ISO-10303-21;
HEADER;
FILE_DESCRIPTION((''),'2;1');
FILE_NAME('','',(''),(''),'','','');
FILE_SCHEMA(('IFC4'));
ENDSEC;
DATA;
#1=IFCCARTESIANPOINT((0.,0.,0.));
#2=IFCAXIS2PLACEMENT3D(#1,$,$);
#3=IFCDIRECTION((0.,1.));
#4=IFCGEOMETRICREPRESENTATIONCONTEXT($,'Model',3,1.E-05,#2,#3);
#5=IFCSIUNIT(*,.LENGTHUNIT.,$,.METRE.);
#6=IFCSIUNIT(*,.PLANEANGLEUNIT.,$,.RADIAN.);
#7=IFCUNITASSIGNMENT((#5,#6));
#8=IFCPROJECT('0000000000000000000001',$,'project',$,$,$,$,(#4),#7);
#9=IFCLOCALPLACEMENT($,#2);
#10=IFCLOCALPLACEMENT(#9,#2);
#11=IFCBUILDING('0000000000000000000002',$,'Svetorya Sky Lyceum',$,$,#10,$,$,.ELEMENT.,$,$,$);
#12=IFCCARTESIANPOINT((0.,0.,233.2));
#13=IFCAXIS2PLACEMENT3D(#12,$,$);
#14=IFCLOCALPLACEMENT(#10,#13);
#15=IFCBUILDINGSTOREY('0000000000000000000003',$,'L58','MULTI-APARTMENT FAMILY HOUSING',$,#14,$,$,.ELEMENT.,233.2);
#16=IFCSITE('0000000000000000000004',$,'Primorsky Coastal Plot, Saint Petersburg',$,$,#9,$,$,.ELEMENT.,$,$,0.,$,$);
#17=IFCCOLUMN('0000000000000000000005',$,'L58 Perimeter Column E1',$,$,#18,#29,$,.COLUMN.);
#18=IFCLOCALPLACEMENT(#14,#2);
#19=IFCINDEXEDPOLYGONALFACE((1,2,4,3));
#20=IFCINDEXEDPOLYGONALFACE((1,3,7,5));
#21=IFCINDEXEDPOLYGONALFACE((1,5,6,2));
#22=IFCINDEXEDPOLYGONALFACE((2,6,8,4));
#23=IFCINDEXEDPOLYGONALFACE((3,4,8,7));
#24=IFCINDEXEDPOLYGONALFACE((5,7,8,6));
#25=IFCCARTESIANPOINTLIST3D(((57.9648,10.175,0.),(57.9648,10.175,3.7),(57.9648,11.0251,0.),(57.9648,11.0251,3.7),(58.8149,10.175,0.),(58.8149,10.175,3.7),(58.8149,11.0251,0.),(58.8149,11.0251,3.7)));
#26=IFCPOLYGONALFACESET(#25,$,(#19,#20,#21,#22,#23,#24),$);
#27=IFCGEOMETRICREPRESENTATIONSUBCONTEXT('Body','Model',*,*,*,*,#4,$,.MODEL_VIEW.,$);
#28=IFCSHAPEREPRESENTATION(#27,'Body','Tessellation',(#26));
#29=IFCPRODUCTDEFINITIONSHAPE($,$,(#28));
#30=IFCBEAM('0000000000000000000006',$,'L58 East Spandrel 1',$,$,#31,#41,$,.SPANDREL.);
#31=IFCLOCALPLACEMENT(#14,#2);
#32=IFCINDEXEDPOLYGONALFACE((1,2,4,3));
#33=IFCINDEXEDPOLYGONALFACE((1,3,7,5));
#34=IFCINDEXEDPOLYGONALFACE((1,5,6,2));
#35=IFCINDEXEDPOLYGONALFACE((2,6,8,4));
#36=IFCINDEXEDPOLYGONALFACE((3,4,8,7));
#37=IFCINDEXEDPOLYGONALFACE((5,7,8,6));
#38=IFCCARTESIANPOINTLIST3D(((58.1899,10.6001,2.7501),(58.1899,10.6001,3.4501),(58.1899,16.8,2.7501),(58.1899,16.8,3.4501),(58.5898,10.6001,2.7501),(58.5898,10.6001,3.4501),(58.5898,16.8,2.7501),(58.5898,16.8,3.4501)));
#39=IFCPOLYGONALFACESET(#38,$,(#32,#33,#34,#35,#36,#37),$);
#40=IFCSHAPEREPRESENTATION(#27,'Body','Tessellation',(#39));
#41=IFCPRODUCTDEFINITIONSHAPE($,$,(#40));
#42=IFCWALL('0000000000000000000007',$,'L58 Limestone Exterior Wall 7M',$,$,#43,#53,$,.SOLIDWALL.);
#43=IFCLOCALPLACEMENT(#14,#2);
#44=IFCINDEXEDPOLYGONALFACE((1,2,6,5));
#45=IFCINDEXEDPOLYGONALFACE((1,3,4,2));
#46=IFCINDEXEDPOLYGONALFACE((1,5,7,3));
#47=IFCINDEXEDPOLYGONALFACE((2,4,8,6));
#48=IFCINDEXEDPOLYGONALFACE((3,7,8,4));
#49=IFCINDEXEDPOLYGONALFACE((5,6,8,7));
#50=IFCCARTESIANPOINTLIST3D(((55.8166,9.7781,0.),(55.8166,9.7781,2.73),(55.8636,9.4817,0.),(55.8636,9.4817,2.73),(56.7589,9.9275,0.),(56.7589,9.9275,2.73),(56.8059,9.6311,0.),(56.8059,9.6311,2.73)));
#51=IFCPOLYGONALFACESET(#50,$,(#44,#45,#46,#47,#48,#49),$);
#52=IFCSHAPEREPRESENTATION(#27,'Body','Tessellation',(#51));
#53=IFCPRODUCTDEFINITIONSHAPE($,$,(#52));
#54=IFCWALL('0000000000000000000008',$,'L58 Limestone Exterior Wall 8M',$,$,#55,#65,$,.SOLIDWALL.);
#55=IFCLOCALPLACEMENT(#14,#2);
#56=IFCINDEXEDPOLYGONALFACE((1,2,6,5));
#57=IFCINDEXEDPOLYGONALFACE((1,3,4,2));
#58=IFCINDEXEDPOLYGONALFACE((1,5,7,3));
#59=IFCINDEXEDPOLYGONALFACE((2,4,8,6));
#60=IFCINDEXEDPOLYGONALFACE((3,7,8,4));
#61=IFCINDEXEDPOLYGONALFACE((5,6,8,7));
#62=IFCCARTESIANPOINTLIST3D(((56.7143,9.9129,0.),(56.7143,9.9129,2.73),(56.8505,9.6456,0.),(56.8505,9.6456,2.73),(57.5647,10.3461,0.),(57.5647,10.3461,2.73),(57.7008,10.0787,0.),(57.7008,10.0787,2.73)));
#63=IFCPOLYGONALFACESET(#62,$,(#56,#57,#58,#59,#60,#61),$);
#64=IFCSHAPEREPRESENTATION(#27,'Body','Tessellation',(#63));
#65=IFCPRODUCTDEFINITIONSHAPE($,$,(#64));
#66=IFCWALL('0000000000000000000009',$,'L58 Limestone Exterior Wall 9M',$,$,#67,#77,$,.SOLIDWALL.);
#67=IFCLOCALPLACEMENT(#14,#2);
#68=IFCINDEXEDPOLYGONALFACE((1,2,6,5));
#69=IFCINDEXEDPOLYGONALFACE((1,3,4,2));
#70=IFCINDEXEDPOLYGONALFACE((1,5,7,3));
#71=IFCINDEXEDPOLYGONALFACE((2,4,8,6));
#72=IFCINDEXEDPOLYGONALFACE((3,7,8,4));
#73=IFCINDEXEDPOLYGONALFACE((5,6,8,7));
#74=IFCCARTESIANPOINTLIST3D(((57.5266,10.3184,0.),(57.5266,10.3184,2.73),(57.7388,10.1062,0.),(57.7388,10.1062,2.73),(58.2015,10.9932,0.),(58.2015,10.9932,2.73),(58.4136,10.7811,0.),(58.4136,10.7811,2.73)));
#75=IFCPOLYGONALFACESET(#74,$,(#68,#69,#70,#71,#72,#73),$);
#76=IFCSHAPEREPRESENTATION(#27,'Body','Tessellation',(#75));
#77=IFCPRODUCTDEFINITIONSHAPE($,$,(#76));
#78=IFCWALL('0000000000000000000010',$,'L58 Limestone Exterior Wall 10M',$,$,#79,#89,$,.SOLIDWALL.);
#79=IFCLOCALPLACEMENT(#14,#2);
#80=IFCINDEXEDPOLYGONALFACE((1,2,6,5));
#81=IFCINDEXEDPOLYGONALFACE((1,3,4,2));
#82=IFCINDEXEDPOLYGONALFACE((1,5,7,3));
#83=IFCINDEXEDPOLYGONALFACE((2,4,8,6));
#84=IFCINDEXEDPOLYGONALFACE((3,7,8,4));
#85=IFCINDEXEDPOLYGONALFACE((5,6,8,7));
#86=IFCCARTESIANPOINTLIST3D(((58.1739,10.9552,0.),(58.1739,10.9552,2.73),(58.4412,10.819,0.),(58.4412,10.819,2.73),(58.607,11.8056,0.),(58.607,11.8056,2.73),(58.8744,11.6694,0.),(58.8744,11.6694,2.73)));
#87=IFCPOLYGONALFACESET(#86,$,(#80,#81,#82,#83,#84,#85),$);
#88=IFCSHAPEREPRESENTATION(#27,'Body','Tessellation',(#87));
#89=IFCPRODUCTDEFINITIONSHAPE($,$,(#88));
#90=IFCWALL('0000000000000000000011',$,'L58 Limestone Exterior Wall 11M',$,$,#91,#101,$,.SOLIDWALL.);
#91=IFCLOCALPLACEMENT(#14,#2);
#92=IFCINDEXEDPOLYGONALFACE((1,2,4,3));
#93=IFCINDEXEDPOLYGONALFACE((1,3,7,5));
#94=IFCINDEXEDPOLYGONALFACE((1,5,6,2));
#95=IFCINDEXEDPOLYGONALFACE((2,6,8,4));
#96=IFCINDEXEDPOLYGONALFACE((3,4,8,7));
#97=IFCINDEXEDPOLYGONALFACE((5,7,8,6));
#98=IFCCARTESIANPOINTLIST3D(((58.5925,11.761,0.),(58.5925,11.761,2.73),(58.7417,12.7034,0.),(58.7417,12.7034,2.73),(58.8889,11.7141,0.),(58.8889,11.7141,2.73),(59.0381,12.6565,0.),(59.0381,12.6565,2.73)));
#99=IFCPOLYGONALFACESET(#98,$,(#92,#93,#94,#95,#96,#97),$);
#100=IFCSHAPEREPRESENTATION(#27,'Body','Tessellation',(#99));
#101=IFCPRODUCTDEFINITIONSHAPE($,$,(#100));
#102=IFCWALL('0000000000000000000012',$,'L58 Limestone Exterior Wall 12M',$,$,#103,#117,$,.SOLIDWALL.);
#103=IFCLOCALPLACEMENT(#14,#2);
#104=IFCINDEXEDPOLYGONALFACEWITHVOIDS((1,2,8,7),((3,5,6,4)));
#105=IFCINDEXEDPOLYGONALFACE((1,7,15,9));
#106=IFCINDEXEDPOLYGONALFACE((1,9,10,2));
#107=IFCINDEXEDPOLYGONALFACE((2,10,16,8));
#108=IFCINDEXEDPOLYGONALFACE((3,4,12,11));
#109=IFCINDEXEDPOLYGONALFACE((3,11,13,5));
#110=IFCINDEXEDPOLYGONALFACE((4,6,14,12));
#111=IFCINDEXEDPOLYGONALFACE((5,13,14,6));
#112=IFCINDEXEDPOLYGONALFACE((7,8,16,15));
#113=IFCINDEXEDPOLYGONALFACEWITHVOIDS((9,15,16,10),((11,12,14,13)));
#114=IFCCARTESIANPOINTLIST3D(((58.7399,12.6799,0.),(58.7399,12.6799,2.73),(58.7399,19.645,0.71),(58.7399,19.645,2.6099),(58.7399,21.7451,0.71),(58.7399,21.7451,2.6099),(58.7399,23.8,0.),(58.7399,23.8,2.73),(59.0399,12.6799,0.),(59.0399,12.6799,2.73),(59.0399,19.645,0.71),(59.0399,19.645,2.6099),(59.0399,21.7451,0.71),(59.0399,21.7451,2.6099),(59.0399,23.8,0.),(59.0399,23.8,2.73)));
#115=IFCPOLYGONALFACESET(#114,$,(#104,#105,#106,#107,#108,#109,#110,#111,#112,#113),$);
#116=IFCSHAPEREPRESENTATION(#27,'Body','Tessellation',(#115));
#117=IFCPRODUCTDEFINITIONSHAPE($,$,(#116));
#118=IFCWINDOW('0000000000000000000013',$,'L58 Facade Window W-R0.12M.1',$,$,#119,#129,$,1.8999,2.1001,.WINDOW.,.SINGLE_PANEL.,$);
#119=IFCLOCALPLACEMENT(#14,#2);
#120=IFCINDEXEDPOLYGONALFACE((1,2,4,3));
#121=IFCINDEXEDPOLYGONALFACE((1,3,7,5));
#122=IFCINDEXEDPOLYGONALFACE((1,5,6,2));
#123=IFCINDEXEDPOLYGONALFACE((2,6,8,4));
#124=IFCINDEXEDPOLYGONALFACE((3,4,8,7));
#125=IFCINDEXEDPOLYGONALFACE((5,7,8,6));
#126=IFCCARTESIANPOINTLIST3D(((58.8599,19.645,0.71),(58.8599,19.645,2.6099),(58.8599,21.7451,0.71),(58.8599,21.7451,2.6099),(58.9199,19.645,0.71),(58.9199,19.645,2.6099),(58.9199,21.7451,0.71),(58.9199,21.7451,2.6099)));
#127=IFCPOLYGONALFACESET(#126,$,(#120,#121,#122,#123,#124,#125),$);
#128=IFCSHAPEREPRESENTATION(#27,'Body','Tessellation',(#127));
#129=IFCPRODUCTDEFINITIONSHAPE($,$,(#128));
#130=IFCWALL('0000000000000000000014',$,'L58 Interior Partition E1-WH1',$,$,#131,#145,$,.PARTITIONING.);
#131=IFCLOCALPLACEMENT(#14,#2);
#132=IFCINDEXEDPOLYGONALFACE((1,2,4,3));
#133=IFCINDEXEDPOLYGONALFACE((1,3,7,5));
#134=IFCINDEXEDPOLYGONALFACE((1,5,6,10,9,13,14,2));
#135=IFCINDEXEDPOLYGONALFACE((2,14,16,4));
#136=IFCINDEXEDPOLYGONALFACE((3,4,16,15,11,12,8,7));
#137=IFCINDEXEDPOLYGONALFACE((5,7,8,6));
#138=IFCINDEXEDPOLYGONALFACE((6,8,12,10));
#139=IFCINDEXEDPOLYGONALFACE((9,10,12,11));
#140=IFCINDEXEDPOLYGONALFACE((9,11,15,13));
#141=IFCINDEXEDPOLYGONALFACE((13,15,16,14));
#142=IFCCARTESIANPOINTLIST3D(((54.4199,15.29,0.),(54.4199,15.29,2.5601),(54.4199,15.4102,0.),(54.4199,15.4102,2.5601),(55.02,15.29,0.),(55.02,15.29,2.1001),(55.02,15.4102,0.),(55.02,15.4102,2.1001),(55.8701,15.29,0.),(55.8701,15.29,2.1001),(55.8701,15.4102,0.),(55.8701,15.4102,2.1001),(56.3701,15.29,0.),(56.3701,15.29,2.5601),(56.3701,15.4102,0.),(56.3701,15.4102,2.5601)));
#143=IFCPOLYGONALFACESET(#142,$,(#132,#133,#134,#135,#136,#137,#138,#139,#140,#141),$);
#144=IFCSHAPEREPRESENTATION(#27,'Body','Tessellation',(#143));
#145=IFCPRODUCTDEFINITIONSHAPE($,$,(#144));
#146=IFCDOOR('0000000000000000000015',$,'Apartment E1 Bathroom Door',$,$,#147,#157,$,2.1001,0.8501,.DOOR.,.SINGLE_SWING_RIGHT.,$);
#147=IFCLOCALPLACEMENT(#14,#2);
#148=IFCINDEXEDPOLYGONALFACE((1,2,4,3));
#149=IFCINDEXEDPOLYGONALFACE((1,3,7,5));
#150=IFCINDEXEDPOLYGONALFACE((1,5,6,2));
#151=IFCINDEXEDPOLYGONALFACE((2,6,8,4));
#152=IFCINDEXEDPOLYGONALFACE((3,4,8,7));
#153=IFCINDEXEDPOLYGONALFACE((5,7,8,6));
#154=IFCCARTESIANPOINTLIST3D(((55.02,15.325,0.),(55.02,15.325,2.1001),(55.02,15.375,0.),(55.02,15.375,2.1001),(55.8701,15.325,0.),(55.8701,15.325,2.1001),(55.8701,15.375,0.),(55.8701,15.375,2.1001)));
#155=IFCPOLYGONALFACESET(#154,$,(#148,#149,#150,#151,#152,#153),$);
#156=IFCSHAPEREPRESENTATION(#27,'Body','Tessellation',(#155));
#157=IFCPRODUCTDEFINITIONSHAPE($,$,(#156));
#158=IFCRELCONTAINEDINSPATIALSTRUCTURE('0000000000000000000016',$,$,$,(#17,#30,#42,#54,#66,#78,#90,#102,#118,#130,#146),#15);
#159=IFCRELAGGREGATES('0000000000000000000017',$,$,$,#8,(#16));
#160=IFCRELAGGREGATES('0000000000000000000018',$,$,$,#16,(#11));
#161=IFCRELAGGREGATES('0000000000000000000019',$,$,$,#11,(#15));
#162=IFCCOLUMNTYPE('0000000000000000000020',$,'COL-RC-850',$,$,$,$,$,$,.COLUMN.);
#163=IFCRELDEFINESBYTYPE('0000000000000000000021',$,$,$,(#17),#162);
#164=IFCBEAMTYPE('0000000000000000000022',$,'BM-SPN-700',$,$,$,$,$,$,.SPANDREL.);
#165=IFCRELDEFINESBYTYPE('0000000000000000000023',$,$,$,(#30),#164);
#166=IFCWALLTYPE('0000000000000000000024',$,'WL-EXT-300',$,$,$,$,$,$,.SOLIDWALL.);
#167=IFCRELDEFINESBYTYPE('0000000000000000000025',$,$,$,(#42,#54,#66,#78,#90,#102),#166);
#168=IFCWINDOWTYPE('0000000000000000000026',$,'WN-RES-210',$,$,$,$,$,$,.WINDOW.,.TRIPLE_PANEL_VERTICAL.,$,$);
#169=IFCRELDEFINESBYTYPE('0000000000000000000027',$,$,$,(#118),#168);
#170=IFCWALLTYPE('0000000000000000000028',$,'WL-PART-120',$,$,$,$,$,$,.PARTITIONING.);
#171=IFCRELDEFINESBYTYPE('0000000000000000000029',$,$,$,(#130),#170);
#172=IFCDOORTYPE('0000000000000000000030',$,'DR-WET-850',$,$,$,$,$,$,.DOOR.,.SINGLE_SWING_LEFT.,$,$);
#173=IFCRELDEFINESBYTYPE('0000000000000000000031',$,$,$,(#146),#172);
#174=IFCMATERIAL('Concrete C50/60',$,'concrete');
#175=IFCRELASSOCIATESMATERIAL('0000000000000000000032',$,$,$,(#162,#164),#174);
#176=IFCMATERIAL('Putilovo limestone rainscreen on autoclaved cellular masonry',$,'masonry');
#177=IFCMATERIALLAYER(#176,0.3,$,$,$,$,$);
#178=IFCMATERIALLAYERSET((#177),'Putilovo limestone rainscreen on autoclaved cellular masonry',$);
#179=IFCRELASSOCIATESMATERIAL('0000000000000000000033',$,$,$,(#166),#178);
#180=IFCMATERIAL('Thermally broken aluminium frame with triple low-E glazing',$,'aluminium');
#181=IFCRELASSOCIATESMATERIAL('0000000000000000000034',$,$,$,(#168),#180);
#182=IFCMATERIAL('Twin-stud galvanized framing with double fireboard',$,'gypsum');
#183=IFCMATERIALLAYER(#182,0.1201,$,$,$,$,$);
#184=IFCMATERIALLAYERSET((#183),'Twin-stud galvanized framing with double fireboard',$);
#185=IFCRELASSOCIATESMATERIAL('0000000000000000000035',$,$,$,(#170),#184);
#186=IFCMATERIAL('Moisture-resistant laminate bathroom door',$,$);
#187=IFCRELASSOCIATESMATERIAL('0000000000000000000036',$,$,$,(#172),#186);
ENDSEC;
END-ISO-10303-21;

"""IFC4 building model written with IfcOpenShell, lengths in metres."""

from ifc_helpers import new_model, si_unit, direction, frame, frame_2d, origin, origin_2d, place, context, subcontext, project, spatial, rectangle, extrude, material, layer, layer_set, material_profile, profile_set, type_object, element, fill, save


model = new_model("IFC4")

# Units and contexts
model_context = context("Model", 3, precision=1e-05, world=origin(), true_north=direction((0.0, 1.0)))
body_context = subcontext(model_context, "Body", "Model", "MODEL_VIEW")
ifc_project = project(units=[si_unit("LENGTHUNIT", "METRE"), si_unit("PLANEANGLEUNIT", "RADIAN")], contexts=[model_context])

# Site, building, storey
site_placement = place(None, origin())
site = spatial("IfcSite", under=ifc_project, at=site_placement, Name="Primorsky Coastal Plot, Saint Petersburg", CompositionType="ELEMENT", RefElevation=0.0)
building_placement = place(site_placement, origin())
building = spatial("IfcBuilding", under=site, at=building_placement, Name="Svetorya Sky Lyceum", CompositionType="ELEMENT")
storey_placement = place(building_placement, frame((0.0, 0.0, 233.2)))
storey = spatial("IfcBuildingStorey", under=building, at=storey_placement, Name="L58", Description="MULTI-APARTMENT FAMILY HOUSING", CompositionType="ELEMENT", Elevation=233.2)

# Column
ifc_material_1 = material(Name="Concrete C50/60", Category="concrete")
ifc_material_profile_1 = material_profile(ifc_material_1, rectangle(XDim=0.8501, YDim=0.8501, at=origin_2d()), Name="RC COL 850x850")
ifc_profile_set_1 = profile_set([ifc_material_profile_1], Name="Concrete C50/60")
column_type = type_object("IfcColumnType", Name="COL-RC-850", PredefinedType="COLUMN", material=ifc_profile_set_1)
column_placement = place(storey_placement, frame((58.3899, 10.6001, 0.0), z_axis=(0.0, 0.0, 1.0), x_axis=(1.0, 0.0, 0.0)))
element("IfcColumn", 1, at=column_placement, inside=storey, type_object=column_type, Name="L58 Perimeter Column E1", PredefinedType="COLUMN", context=body_context, shape_type="SweptSolid", body=[
    extrude(rectangle(XDim=0.8501, YDim=0.8501, at=origin_2d()), origin(), (0.0, 0.0, 1.0), 3.7),
])

# Beam
ifc_material_profile_2 = material_profile(ifc_material_1, rectangle(XDim=0.3999, YDim=0.7, at=origin_2d()), Name="RC SPANDREL 400x700")
ifc_profile_set_2 = profile_set([ifc_material_profile_2], Name="Concrete C50/60")
beam_type = type_object("IfcBeamType", Name="BM-SPN-700", PredefinedType="SPANDREL", material=ifc_profile_set_2)
beam_placement = place(storey_placement, frame((58.3899, 10.6001, 3.1001), z_axis=(0.0, 1.0, 0.0), x_axis=(-1.0, 0.0, 0.0)))
element("IfcBeam", 2, at=beam_placement, inside=storey, type_object=beam_type, Name="L58 East Spandrel 1", PredefinedType="SPANDREL", context=body_context, shape_type="SweptSolid", body=[
    extrude(rectangle(XDim=0.3999, YDim=0.7, at=origin_2d()), origin(), (0.0, 0.0, 1.0), 6.2),
])

# Walls
ifc_material_2 = material(Name="Putilovo limestone rainscreen on autoclaved cellular masonry", Category="masonry")
ifc_layer_1 = layer(ifc_material_2, 0.3)
ifc_layer_set_1 = layer_set([ifc_layer_1], Name="Putilovo limestone rainscreen on autoclaved cellular masonry")
wall_type_1 = type_object("IfcWallType", Name="WL-EXT-300", PredefinedType="SOLIDWALL", material=ifc_layer_set_1)
wall_1_placement = place(storey_placement, frame((55.8401, 9.6299, 0.0), z_axis=(0.0, 0.0, 1.0), x_axis=(0.987663, 0.156593, 0.0)))
element("IfcWall", 3, at=wall_1_placement, inside=storey, type_object=wall_type_1, Name="L58 Limestone Exterior Wall 7M", PredefinedType="SOLIDWALL", context=body_context, shape_type="SweptSolid", body=[
    extrude(rectangle(XDim=0.9541, YDim=0.3, at=frame_2d((0.4771, 0.0))), origin(), (0.0, 0.0, 1.0), 2.73),
])
for number, where, z_axis, x_axis, name in (
    (4, (56.7825, 9.7793, 0.0), (0.0, 0.0, 1.0), (0.891077, 0.453853, 0.0), "L58 Limestone Exterior Wall 8M"),
    (5, (57.6328, 10.2124, 0.0), (0.0, 0.0, 1.0), (0.707107, 0.707107, 0.0), "L58 Limestone Exterior Wall 9M"),
    (6, (58.3076, 10.8872, 0.0), (0.0, 0.0, 1.0), (0.453853, 0.891077, 0.0), "L58 Limestone Exterior Wall 10M"),
):
    element("IfcWall", number, at=place(storey_placement, frame(where, z_axis=z_axis, x_axis=x_axis)), inside=storey, type_object=wall_type_1, Name=name, PredefinedType="SOLIDWALL", context=body_context, shape_type="SweptSolid", body=[
        extrude(rectangle(XDim=0.9543, YDim=0.3, at=frame_2d((0.4771, 0.0))), origin(), (0.0, 0.0, 1.0), 2.73),
    ])
wall_2_placement = place(storey_placement, frame((58.7407, 11.7375, 0.0), z_axis=(0.0, 0.0, 1.0), x_axis=(0.156344, 0.987703, 0.0)))
element("IfcWall", 7, at=wall_2_placement, inside=storey, type_object=wall_type_1, Name="L58 Limestone Exterior Wall 11M", PredefinedType="SOLIDWALL", context=body_context, shape_type="SweptSolid", body=[
    extrude(rectangle(XDim=0.9541, YDim=0.3, at=frame_2d((0.4771, 0.0))), origin(), (0.0, 0.0, 1.0), 2.73),
])

# Wall, opening, window
wall_3_placement = place(storey_placement, frame((58.8899, 12.6799, 0.0), z_axis=(0.0, 0.0, 1.0), x_axis=(0.0, 1.0, 0.0)))
wall_3 = element("IfcWall", 8, at=wall_3_placement, inside=storey, type_object=wall_type_1, Name="L58 Limestone Exterior Wall 12M", PredefinedType="SOLIDWALL", context=body_context, shape_type="SweptSolid", body=[
    extrude(rectangle(XDim=11.1201, YDim=0.3, at=frame_2d((5.5601, 0.0))), origin(), (0.0, 0.0, 1.0), 2.73),
])
opening_1_placement = place(wall_3_placement, frame((6.9651, 0.0, 0.71)))
opening_1 = element("IfcOpeningElement", 9, at=opening_1_placement, cuts=wall_3, PredefinedType="OPENING", context=body_context, shape_type="SweptSolid", body=[
    extrude(rectangle(XDim=2.1001, YDim=1.8999, at=frame_2d((1.05, 0.95))), frame((0.0, 0.1599, 0.0), z_axis=(0.0, -1.0, 0.0), x_axis=(1.0, 0.0, 0.0)), (0.0, 0.0, 1.0), 0.3201),
])
ifc_material_3 = material(Name="Thermally broken aluminium frame with triple low-E glazing", Category="aluminium")
window_type = type_object("IfcWindowType", Name="WN-RES-210", PartitioningType="TRIPLE_PANEL_VERTICAL", PredefinedType="WINDOW", material=ifc_material_3)
window_placement = place(opening_1_placement, origin())
window = element("IfcWindow", 10, at=window_placement, inside=storey, type_object=window_type, Name="L58 Facade Window W-R0.12M.1", OverallHeight=1.8999, OverallWidth=2.1001, PartitioningType="SINGLE_PANEL", PredefinedType="WINDOW", context=body_context, shape_type="SweptSolid", body=[
    extrude(rectangle(XDim=2.1001, YDim=1.8999, at=frame_2d((1.05, 0.95))), frame((0.0, 0.03, 0.0), z_axis=(0.0, -1.0, 0.0), x_axis=(1.0, 0.0, 0.0)), (0.0, 0.0, 1.0), 0.0601),
])
fill(opening_1, window)

# Wall, opening, door
ifc_material_4 = material(Name="Twin-stud galvanized framing with double fireboard", Category="gypsum")
ifc_layer_2 = layer(ifc_material_4, 0.1201)
ifc_layer_set_2 = layer_set([ifc_layer_2], Name="Twin-stud galvanized framing with double fireboard")
wall_type_2 = type_object("IfcWallType", Name="WL-PART-120", PredefinedType="PARTITIONING", material=ifc_layer_set_2)
wall_4_placement = place(storey_placement, frame((54.4199, 15.3501, 0.0), z_axis=(0.0, 0.0, 1.0), x_axis=(1.0, 0.0, 0.0)))
wall_4 = element("IfcWall", 11, at=wall_4_placement, inside=storey, type_object=wall_type_2, Name="L58 Interior Partition E1-WH1", PredefinedType="PARTITIONING", context=body_context, shape_type="SweptSolid", body=[
    extrude(rectangle(XDim=1.9502, YDim=0.1201, at=frame_2d((0.9751, 0.0))), origin(), (0.0, 0.0, 1.0), 2.5601),
])
opening_2_placement = place(wall_4_placement, frame((0.6001, 0.0, 0.0)))
opening_2 = element("IfcOpeningElement", 12, at=opening_2_placement, cuts=wall_4, PredefinedType="OPENING", context=body_context, shape_type="SweptSolid", body=[
    extrude(rectangle(XDim=0.8501, YDim=2.1001, at=frame_2d((0.425, 1.05))), frame((0.0, 0.0701, 0.0), z_axis=(0.0, -1.0, 0.0), x_axis=(1.0, 0.0, 0.0)), (0.0, 0.0, 1.0), 0.1401),
])
ifc_material_5 = material(Name="Moisture-resistant laminate bathroom door")
door_type_1 = type_object("IfcDoorType", Name="DR-WET-850", OperationType="SINGLE_SWING_LEFT", PredefinedType="DOOR", material=ifc_material_5)
door_1_placement = place(opening_2_placement, origin())
door_1 = element("IfcDoor", 13, at=door_1_placement, inside=storey, type_object=door_type_1, Name="Apartment E1 Bathroom Door", OperationType="SINGLE_SWING_RIGHT", OverallHeight=2.1001, OverallWidth=0.8501, PredefinedType="DOOR", context=body_context, shape_type="SweptSolid", body=[
    extrude(rectangle(XDim=0.8501, YDim=2.1001, at=frame_2d((0.425, 1.05))), frame((0.0, 0.0249, 0.0), z_axis=(0.0, -1.0, 0.0), x_axis=(1.0, 0.0, 0.0)), (0.0, 0.0, 1.0), 0.05),
])
fill(opening_2, door_1)

save(model, "model.ifc")
